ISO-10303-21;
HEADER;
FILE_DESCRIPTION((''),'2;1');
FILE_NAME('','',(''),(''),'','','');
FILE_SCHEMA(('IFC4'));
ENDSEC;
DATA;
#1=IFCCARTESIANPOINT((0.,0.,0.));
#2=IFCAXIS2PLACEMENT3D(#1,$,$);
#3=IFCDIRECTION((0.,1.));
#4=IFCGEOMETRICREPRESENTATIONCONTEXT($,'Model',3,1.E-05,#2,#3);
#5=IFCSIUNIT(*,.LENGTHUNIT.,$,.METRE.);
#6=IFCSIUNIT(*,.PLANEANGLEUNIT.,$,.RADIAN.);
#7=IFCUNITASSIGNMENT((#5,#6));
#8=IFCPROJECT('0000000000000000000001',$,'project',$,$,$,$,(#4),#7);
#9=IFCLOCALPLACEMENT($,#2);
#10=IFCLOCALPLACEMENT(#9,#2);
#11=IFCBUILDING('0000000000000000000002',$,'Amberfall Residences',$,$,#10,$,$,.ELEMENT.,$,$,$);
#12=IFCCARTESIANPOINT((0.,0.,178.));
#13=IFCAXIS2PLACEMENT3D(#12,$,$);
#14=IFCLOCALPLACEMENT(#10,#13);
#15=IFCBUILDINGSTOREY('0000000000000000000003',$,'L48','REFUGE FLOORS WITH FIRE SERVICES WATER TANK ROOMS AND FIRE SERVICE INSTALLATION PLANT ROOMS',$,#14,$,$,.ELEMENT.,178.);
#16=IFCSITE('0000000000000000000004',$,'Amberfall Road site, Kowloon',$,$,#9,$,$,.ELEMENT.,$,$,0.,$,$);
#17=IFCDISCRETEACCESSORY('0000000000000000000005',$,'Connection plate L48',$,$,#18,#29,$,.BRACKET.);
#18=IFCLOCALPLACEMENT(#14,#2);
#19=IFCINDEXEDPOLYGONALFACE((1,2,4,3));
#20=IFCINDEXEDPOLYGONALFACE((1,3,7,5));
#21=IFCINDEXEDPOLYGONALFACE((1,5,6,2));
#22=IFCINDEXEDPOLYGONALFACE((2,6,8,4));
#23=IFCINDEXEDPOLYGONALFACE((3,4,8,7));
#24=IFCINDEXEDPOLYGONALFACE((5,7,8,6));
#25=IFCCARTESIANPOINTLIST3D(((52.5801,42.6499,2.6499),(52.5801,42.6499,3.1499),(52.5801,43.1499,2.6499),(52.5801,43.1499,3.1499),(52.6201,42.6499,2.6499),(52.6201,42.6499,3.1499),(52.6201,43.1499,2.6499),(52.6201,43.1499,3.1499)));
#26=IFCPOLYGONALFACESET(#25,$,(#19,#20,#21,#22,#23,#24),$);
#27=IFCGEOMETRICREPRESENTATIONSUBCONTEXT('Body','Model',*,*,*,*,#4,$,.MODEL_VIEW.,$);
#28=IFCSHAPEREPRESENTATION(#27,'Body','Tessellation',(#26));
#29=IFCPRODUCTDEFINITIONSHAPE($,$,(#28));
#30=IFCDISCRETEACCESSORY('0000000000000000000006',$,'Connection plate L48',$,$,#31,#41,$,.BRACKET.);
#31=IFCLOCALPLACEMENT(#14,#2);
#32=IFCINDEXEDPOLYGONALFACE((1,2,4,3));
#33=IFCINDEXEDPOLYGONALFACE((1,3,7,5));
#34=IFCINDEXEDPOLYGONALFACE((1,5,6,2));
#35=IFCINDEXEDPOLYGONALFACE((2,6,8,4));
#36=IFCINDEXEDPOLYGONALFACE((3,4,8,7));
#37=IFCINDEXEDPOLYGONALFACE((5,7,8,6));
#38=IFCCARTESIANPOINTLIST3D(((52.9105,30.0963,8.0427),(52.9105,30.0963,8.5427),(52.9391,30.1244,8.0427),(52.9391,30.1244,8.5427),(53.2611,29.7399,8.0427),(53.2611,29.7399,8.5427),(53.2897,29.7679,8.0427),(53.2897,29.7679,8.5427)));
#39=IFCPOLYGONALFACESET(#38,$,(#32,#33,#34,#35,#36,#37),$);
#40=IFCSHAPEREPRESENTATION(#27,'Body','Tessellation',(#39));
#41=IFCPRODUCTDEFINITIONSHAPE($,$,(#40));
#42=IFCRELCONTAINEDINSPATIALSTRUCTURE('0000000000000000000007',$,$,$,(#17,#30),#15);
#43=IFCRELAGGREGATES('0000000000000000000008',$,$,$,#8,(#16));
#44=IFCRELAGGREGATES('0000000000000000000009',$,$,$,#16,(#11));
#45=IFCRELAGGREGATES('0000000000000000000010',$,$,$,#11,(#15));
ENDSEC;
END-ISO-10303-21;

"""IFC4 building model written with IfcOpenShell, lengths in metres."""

from ifc_helpers import new_model, si_unit, direction, frame, origin, origin_2d, place, context, subcontext, project, spatial, rectangle, extrude, element, save


model = new_model("IFC4")

# Units and contexts
model_context = context("Model", 3, precision=1e-05, world=origin(), true_north=direction((0.0, 1.0)))
body_context = subcontext(model_context, "Body", "Model", "MODEL_VIEW")
ifc_project = project(units=[si_unit("LENGTHUNIT", "METRE"), si_unit("PLANEANGLEUNIT", "RADIAN")], contexts=[model_context])

# Site, building, storey
site_placement = place(None, origin())
site = spatial("IfcSite", under=ifc_project, at=site_placement, Name="Amberfall Road site, Kowloon", CompositionType="ELEMENT", RefElevation=0.0)
building_placement = place(site_placement, origin())
building = spatial("IfcBuilding", under=site, at=building_placement, Name="Amberfall Residences", CompositionType="ELEMENT")
storey_placement = place(building_placement, frame((0.0, 0.0, 178.0)))
storey = spatial("IfcBuildingStorey", under=building, at=storey_placement, Name="L48", Description="REFUGE FLOORS WITH FIRE SERVICES WATER TANK ROOMS AND FIRE SERVICE INSTALLATION PLANT ROOMS", CompositionType="ELEMENT", Elevation=178.0)

# Discrete accessories
for number, where, z_axis, x_axis, name in (
    (1, (52.6001, 42.8999, 2.6499), (0.0, 0.0, 1.0), (0.0, 1.0, 0.0), "Connection plate L48"),
    (2, (53.1001, 29.9321, 8.0427), (0.0, 0.0, 1.0), (-0.701245, 0.71292, 0.0), "Connection plate L48"),
):
    element("IfcDiscreteAccessory", number, at=place(storey_placement, frame(where, z_axis=z_axis, x_axis=x_axis)), inside=storey, Name=name, PredefinedType="BRACKET", context=body_context, shape_type="SweptSolid", body=[
        extrude(rectangle(XDim=0.5, YDim=0.04, at=origin_2d()), origin(), (0.0, 0.0, 1.0), 0.5),
    ])

save(model, "model.ifc")
